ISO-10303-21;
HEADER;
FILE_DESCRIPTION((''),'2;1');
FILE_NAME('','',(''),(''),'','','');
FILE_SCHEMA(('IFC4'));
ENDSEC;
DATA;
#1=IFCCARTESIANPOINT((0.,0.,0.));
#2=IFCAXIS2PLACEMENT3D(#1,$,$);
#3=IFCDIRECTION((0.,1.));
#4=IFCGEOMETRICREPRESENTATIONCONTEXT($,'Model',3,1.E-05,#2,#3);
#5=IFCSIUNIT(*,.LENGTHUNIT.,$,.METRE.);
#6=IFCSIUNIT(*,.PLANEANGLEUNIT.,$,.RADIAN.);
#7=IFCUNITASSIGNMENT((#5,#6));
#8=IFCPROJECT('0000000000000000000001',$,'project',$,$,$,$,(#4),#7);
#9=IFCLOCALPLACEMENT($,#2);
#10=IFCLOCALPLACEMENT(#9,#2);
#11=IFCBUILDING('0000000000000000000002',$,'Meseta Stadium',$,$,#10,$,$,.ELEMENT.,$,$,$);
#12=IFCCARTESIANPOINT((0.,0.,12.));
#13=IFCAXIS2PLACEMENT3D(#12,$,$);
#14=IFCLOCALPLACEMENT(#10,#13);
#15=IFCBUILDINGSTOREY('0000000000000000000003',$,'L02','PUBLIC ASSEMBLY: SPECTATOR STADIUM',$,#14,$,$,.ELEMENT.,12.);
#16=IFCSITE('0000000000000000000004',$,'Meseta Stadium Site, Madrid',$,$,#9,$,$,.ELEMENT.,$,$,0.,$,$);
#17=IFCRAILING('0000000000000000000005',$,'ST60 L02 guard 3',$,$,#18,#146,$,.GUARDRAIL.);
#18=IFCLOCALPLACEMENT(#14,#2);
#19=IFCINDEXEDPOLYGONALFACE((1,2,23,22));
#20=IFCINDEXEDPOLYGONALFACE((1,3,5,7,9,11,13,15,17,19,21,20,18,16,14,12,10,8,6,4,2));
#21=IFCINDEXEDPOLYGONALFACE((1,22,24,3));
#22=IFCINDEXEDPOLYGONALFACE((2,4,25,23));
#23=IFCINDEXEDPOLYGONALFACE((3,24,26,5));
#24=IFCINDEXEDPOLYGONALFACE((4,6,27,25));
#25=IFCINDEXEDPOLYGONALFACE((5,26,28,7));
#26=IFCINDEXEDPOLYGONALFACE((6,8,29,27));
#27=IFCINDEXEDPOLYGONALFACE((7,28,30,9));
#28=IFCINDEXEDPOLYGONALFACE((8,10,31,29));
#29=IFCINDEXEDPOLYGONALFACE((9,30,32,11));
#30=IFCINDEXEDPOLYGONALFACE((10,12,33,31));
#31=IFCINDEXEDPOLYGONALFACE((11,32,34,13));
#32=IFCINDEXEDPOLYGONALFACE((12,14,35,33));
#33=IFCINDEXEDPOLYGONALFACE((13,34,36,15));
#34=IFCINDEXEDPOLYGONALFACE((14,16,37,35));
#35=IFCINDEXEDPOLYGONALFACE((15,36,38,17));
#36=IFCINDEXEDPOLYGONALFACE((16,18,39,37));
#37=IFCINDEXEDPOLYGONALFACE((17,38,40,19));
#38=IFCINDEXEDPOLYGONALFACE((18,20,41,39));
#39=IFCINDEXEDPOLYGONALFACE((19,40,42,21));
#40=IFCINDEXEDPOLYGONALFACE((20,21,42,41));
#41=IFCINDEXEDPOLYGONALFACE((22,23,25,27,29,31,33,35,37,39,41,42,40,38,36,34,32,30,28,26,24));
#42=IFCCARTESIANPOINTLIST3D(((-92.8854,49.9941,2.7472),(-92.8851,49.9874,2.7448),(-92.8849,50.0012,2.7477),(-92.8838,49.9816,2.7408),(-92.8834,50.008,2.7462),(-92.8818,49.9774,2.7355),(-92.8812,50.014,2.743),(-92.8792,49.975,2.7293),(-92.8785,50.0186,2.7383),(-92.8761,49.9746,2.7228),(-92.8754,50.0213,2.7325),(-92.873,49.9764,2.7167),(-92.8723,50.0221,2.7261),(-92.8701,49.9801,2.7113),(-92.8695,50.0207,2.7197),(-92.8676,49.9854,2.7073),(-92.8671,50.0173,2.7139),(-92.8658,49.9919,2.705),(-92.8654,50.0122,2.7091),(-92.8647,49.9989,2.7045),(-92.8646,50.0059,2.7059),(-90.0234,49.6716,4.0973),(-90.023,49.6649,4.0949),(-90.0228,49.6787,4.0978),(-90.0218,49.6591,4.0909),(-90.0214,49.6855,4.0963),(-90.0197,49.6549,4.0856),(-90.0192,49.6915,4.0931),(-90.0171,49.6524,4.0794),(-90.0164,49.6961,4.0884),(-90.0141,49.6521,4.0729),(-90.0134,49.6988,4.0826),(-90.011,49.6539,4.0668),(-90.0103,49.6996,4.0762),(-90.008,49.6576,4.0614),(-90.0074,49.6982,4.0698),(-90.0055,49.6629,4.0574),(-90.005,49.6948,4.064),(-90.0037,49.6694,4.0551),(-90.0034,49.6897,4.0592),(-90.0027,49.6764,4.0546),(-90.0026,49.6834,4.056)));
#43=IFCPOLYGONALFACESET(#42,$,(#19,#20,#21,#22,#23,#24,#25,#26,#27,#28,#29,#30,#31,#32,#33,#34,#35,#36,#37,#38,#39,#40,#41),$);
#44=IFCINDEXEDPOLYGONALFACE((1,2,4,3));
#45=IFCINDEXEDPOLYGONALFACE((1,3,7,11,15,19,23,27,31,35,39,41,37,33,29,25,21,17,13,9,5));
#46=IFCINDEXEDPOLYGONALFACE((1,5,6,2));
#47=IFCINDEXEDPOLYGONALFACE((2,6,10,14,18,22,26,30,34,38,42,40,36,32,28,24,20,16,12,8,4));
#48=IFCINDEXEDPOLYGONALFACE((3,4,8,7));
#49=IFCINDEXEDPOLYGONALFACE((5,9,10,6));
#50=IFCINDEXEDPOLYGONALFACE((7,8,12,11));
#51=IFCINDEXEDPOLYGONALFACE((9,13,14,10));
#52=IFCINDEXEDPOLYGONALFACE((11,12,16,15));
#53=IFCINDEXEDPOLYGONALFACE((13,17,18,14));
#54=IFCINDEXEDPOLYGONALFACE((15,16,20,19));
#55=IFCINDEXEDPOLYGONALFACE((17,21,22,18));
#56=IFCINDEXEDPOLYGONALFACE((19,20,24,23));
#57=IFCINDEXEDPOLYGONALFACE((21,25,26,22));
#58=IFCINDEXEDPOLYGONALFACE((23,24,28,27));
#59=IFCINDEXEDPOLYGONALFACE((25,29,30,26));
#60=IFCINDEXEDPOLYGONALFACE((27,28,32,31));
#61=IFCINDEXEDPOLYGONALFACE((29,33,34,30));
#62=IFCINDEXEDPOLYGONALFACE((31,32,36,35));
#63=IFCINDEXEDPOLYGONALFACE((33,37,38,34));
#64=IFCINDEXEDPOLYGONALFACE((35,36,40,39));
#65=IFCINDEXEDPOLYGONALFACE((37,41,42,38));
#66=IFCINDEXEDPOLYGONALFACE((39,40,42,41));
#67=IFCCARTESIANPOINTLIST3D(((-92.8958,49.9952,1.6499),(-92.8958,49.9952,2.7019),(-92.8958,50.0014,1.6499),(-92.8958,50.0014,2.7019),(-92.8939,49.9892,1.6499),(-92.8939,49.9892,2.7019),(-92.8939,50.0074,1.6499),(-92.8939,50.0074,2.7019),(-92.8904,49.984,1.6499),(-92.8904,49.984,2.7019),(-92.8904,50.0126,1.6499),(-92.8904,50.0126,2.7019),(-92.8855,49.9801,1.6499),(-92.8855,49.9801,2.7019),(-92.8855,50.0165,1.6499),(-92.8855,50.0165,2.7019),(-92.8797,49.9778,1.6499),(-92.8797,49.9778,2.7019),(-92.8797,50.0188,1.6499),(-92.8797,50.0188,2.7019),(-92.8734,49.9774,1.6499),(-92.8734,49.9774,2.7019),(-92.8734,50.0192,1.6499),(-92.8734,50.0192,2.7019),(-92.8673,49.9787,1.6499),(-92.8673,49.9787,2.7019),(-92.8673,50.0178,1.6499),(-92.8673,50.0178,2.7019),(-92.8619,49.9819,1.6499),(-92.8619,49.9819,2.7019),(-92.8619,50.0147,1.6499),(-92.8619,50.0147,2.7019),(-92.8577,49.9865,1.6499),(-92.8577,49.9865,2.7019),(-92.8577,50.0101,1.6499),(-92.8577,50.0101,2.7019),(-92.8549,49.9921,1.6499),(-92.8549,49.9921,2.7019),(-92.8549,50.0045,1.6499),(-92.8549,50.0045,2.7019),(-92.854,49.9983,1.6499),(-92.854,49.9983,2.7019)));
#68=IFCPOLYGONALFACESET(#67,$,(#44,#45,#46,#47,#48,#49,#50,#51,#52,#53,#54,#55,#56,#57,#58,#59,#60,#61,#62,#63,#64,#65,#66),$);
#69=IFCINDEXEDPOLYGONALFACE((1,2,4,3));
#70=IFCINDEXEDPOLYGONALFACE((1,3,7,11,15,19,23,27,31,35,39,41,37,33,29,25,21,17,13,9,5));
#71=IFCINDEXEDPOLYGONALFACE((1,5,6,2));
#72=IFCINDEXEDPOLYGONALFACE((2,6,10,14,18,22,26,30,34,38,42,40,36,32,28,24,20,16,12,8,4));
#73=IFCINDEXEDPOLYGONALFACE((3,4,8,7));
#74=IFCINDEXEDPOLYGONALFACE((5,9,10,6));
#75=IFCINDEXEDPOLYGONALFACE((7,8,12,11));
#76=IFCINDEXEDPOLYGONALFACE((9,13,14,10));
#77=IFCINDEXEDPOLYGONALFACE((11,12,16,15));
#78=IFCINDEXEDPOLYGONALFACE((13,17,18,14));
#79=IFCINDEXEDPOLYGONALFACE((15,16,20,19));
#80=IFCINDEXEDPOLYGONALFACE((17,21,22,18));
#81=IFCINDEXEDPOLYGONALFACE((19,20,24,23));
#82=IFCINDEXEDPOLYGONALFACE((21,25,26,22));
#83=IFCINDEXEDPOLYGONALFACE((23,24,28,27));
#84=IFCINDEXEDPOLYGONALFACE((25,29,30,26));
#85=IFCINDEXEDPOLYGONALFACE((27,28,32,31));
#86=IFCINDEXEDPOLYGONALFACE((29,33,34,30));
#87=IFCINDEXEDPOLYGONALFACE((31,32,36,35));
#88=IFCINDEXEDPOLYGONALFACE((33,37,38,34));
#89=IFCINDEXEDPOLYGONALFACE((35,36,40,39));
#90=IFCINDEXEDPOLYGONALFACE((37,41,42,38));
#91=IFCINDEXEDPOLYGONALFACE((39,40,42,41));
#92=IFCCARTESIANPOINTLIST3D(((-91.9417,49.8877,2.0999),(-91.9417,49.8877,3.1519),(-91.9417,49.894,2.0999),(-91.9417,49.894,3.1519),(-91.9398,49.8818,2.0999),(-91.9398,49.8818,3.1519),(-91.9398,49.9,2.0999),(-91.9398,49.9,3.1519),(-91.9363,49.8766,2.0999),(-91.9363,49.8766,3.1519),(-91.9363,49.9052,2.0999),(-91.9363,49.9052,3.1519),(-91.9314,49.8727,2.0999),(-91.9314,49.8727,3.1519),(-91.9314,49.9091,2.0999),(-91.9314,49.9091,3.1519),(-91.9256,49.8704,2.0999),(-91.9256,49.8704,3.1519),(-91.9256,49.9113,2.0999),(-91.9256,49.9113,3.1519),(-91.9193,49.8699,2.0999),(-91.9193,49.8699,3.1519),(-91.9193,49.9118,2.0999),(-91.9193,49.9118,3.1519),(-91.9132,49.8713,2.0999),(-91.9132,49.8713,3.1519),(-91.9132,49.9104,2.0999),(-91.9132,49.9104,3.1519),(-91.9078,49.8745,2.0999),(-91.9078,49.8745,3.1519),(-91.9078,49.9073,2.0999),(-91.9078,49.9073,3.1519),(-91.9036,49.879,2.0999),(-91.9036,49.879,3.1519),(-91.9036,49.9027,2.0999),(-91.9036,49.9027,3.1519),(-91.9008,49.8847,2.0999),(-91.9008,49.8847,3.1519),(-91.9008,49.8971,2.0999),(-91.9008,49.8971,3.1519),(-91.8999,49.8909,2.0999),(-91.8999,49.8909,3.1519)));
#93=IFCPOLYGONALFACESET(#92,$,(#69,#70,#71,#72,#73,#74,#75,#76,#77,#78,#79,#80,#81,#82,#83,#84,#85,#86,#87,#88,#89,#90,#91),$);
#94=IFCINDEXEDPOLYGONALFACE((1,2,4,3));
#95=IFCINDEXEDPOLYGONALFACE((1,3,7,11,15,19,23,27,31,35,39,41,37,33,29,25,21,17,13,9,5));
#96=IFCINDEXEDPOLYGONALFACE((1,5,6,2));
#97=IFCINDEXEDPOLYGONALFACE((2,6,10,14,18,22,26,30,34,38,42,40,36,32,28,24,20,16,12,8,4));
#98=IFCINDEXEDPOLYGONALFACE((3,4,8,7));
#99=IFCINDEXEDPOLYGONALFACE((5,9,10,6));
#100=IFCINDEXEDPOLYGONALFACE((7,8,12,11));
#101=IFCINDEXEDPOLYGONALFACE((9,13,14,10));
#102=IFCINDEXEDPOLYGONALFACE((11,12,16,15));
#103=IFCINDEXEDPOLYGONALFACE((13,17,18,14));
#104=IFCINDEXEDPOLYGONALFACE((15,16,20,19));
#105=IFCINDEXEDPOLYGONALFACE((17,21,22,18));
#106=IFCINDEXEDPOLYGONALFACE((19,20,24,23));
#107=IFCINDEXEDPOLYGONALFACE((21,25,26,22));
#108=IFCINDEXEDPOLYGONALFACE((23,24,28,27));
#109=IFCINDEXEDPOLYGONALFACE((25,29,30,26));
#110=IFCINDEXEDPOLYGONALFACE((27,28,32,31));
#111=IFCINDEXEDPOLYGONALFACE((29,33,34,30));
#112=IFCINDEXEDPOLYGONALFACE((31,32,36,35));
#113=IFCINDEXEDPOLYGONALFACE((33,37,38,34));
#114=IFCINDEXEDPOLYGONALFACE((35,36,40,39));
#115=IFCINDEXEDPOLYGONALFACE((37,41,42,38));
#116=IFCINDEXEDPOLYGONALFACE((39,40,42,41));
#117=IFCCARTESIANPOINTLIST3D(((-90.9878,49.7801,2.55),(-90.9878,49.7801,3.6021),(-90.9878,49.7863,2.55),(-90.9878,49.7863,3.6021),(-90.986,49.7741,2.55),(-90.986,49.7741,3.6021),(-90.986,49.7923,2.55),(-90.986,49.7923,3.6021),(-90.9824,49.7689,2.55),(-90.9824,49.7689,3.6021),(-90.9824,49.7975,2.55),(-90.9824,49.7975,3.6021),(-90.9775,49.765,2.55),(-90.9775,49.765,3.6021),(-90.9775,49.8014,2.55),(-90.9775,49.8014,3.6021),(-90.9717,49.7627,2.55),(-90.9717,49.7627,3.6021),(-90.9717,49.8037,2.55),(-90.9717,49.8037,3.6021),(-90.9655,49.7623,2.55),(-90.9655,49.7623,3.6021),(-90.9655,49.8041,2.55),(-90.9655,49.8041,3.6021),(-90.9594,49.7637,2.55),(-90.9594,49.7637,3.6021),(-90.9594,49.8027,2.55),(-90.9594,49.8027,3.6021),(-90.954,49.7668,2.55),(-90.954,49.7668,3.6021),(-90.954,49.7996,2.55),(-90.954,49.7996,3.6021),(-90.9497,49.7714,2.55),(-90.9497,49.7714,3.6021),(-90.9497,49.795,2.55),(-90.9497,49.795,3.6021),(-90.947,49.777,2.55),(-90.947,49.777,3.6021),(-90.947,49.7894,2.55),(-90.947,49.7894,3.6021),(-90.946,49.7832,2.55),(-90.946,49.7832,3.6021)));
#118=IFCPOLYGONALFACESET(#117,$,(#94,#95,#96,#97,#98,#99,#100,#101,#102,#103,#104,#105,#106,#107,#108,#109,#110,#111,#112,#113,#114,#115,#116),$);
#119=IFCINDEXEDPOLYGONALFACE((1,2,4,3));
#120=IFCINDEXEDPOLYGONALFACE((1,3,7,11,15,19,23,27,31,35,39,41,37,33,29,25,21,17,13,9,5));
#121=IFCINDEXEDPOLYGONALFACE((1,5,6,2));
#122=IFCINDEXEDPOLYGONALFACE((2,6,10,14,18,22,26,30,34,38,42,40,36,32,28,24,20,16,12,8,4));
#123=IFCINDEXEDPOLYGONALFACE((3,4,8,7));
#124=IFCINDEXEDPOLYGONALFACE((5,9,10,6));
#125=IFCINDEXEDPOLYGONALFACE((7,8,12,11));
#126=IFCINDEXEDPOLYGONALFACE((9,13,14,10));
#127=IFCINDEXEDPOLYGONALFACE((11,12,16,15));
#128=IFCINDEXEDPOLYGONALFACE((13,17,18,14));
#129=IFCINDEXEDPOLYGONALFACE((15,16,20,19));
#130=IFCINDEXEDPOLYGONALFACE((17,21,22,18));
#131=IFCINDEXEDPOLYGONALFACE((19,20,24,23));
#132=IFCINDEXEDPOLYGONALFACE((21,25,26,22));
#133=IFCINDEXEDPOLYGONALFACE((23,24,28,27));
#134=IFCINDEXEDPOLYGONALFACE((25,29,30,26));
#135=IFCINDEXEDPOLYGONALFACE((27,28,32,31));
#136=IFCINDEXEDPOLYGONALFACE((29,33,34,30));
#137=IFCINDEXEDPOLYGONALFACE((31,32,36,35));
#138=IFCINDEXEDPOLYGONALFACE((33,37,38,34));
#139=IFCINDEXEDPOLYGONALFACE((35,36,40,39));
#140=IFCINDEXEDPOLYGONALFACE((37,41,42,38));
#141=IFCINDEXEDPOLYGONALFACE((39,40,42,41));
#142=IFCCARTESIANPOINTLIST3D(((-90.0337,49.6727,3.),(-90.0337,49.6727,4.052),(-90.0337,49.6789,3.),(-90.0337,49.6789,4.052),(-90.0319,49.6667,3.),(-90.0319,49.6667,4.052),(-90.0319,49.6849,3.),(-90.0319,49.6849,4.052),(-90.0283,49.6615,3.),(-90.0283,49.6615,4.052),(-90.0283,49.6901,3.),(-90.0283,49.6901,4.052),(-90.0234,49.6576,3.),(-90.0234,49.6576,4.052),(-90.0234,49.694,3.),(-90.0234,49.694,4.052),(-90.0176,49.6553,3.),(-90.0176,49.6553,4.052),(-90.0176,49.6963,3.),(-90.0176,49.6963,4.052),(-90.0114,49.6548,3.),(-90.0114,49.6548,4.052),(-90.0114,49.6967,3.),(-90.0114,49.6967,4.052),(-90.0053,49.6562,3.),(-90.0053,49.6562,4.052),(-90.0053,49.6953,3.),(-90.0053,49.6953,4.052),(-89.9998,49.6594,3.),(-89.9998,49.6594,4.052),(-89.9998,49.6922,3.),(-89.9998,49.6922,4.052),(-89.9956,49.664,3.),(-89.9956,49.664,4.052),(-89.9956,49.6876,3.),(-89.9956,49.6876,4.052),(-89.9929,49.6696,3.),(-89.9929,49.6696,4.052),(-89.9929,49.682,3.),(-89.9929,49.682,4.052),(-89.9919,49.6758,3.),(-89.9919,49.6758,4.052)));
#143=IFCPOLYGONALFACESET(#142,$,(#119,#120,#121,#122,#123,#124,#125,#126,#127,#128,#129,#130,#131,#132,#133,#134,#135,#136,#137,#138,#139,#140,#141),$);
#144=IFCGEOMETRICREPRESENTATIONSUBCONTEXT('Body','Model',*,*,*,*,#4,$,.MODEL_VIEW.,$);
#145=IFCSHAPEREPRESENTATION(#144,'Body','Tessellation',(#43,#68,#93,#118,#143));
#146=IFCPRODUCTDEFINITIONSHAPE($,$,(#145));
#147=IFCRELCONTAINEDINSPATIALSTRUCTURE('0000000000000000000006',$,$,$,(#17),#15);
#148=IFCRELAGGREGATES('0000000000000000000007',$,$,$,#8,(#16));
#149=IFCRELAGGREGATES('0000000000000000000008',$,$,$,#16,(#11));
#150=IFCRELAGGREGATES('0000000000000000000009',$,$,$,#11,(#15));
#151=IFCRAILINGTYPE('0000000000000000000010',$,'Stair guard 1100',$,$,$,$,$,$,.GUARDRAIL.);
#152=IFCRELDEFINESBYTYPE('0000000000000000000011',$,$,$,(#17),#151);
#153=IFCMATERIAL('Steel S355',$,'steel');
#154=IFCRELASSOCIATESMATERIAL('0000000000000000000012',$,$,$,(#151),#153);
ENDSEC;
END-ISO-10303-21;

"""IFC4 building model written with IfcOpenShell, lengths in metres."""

from ifc_helpers import new_model, si_unit, direction, frame, origin, origin_2d, place, context, subcontext, project, spatial, circle, extrude, material, type_object, element, save


model = new_model("IFC4")

# Units and contexts
model_context = context("Model", 3, precision=1e-05, world=origin(), true_north=direction((0.0, 1.0)))
body_context = subcontext(model_context, "Body", "Model", "MODEL_VIEW")
ifc_project = project(units=[si_unit("LENGTHUNIT", "METRE"), si_unit("PLANEANGLEUNIT", "RADIAN")], contexts=[model_context])

# Site, building, storey
site_placement = place(None, origin())
site = spatial("IfcSite", under=ifc_project, at=site_placement, Name="Meseta Stadium Site, Madrid", CompositionType="ELEMENT", RefElevation=0.0)
building_placement = place(site_placement, origin())
building = spatial("IfcBuilding", under=site, at=building_placement, Name="Meseta Stadium", CompositionType="ELEMENT")
storey_placement = place(building_placement, frame((0.0, 0.0, 12.0)))
storey = spatial("IfcBuildingStorey", under=building, at=storey_placement, Name="L02", Description="PUBLIC ASSEMBLY: SPECTATOR STADIUM", CompositionType="ELEMENT", Elevation=12.0)

# Railing
ifc_material_1 = material(Name="Steel S355", Category="steel")
railing_type_1 = type_object("IfcRailingType", Name="Stair guard 1100", PredefinedType="GUARDRAIL", material=ifc_material_1)
railing_1_placement = place(storey_placement, frame((-92.875, 49.9983, 1.6499)))
element("IfcRailing", 1, at=railing_1_placement, inside=storey, type_object=railing_type_1, Name="ST60 L02 guard 3", PredefinedType="GUARDRAIL", context=body_context, shape_type="SweptSolid", body=[
    extrude(circle(Radius=0.0239, at=origin_2d()), frame((0.0, 0.0, 1.0762), z_axis=(0.899763, -0.101389, 0.424438), x_axis=(0.111976, 0.993711, 0.0)), (0.0, 0.0, 1.0), 3.1809),
    extrude(circle(Radius=0.021, at=origin_2d()), origin(), (0.0, 0.0, 1.0), 1.052),
    extrude(circle(Radius=0.021, at=origin_2d()), frame((0.9541, -0.1074, 0.45)), (0.0, 0.0, 1.0), 1.052),
    extrude(circle(Radius=0.021, at=origin_2d()), frame((1.908, -0.2151, 0.9001)), (0.0, 0.0, 1.0), 1.052),
    extrude(circle(Radius=0.021, at=origin_2d()), frame((2.8621, -0.3225, 1.3501)), (0.0, 0.0, 1.0), 1.052),
])

save(model, "model.ifc")
